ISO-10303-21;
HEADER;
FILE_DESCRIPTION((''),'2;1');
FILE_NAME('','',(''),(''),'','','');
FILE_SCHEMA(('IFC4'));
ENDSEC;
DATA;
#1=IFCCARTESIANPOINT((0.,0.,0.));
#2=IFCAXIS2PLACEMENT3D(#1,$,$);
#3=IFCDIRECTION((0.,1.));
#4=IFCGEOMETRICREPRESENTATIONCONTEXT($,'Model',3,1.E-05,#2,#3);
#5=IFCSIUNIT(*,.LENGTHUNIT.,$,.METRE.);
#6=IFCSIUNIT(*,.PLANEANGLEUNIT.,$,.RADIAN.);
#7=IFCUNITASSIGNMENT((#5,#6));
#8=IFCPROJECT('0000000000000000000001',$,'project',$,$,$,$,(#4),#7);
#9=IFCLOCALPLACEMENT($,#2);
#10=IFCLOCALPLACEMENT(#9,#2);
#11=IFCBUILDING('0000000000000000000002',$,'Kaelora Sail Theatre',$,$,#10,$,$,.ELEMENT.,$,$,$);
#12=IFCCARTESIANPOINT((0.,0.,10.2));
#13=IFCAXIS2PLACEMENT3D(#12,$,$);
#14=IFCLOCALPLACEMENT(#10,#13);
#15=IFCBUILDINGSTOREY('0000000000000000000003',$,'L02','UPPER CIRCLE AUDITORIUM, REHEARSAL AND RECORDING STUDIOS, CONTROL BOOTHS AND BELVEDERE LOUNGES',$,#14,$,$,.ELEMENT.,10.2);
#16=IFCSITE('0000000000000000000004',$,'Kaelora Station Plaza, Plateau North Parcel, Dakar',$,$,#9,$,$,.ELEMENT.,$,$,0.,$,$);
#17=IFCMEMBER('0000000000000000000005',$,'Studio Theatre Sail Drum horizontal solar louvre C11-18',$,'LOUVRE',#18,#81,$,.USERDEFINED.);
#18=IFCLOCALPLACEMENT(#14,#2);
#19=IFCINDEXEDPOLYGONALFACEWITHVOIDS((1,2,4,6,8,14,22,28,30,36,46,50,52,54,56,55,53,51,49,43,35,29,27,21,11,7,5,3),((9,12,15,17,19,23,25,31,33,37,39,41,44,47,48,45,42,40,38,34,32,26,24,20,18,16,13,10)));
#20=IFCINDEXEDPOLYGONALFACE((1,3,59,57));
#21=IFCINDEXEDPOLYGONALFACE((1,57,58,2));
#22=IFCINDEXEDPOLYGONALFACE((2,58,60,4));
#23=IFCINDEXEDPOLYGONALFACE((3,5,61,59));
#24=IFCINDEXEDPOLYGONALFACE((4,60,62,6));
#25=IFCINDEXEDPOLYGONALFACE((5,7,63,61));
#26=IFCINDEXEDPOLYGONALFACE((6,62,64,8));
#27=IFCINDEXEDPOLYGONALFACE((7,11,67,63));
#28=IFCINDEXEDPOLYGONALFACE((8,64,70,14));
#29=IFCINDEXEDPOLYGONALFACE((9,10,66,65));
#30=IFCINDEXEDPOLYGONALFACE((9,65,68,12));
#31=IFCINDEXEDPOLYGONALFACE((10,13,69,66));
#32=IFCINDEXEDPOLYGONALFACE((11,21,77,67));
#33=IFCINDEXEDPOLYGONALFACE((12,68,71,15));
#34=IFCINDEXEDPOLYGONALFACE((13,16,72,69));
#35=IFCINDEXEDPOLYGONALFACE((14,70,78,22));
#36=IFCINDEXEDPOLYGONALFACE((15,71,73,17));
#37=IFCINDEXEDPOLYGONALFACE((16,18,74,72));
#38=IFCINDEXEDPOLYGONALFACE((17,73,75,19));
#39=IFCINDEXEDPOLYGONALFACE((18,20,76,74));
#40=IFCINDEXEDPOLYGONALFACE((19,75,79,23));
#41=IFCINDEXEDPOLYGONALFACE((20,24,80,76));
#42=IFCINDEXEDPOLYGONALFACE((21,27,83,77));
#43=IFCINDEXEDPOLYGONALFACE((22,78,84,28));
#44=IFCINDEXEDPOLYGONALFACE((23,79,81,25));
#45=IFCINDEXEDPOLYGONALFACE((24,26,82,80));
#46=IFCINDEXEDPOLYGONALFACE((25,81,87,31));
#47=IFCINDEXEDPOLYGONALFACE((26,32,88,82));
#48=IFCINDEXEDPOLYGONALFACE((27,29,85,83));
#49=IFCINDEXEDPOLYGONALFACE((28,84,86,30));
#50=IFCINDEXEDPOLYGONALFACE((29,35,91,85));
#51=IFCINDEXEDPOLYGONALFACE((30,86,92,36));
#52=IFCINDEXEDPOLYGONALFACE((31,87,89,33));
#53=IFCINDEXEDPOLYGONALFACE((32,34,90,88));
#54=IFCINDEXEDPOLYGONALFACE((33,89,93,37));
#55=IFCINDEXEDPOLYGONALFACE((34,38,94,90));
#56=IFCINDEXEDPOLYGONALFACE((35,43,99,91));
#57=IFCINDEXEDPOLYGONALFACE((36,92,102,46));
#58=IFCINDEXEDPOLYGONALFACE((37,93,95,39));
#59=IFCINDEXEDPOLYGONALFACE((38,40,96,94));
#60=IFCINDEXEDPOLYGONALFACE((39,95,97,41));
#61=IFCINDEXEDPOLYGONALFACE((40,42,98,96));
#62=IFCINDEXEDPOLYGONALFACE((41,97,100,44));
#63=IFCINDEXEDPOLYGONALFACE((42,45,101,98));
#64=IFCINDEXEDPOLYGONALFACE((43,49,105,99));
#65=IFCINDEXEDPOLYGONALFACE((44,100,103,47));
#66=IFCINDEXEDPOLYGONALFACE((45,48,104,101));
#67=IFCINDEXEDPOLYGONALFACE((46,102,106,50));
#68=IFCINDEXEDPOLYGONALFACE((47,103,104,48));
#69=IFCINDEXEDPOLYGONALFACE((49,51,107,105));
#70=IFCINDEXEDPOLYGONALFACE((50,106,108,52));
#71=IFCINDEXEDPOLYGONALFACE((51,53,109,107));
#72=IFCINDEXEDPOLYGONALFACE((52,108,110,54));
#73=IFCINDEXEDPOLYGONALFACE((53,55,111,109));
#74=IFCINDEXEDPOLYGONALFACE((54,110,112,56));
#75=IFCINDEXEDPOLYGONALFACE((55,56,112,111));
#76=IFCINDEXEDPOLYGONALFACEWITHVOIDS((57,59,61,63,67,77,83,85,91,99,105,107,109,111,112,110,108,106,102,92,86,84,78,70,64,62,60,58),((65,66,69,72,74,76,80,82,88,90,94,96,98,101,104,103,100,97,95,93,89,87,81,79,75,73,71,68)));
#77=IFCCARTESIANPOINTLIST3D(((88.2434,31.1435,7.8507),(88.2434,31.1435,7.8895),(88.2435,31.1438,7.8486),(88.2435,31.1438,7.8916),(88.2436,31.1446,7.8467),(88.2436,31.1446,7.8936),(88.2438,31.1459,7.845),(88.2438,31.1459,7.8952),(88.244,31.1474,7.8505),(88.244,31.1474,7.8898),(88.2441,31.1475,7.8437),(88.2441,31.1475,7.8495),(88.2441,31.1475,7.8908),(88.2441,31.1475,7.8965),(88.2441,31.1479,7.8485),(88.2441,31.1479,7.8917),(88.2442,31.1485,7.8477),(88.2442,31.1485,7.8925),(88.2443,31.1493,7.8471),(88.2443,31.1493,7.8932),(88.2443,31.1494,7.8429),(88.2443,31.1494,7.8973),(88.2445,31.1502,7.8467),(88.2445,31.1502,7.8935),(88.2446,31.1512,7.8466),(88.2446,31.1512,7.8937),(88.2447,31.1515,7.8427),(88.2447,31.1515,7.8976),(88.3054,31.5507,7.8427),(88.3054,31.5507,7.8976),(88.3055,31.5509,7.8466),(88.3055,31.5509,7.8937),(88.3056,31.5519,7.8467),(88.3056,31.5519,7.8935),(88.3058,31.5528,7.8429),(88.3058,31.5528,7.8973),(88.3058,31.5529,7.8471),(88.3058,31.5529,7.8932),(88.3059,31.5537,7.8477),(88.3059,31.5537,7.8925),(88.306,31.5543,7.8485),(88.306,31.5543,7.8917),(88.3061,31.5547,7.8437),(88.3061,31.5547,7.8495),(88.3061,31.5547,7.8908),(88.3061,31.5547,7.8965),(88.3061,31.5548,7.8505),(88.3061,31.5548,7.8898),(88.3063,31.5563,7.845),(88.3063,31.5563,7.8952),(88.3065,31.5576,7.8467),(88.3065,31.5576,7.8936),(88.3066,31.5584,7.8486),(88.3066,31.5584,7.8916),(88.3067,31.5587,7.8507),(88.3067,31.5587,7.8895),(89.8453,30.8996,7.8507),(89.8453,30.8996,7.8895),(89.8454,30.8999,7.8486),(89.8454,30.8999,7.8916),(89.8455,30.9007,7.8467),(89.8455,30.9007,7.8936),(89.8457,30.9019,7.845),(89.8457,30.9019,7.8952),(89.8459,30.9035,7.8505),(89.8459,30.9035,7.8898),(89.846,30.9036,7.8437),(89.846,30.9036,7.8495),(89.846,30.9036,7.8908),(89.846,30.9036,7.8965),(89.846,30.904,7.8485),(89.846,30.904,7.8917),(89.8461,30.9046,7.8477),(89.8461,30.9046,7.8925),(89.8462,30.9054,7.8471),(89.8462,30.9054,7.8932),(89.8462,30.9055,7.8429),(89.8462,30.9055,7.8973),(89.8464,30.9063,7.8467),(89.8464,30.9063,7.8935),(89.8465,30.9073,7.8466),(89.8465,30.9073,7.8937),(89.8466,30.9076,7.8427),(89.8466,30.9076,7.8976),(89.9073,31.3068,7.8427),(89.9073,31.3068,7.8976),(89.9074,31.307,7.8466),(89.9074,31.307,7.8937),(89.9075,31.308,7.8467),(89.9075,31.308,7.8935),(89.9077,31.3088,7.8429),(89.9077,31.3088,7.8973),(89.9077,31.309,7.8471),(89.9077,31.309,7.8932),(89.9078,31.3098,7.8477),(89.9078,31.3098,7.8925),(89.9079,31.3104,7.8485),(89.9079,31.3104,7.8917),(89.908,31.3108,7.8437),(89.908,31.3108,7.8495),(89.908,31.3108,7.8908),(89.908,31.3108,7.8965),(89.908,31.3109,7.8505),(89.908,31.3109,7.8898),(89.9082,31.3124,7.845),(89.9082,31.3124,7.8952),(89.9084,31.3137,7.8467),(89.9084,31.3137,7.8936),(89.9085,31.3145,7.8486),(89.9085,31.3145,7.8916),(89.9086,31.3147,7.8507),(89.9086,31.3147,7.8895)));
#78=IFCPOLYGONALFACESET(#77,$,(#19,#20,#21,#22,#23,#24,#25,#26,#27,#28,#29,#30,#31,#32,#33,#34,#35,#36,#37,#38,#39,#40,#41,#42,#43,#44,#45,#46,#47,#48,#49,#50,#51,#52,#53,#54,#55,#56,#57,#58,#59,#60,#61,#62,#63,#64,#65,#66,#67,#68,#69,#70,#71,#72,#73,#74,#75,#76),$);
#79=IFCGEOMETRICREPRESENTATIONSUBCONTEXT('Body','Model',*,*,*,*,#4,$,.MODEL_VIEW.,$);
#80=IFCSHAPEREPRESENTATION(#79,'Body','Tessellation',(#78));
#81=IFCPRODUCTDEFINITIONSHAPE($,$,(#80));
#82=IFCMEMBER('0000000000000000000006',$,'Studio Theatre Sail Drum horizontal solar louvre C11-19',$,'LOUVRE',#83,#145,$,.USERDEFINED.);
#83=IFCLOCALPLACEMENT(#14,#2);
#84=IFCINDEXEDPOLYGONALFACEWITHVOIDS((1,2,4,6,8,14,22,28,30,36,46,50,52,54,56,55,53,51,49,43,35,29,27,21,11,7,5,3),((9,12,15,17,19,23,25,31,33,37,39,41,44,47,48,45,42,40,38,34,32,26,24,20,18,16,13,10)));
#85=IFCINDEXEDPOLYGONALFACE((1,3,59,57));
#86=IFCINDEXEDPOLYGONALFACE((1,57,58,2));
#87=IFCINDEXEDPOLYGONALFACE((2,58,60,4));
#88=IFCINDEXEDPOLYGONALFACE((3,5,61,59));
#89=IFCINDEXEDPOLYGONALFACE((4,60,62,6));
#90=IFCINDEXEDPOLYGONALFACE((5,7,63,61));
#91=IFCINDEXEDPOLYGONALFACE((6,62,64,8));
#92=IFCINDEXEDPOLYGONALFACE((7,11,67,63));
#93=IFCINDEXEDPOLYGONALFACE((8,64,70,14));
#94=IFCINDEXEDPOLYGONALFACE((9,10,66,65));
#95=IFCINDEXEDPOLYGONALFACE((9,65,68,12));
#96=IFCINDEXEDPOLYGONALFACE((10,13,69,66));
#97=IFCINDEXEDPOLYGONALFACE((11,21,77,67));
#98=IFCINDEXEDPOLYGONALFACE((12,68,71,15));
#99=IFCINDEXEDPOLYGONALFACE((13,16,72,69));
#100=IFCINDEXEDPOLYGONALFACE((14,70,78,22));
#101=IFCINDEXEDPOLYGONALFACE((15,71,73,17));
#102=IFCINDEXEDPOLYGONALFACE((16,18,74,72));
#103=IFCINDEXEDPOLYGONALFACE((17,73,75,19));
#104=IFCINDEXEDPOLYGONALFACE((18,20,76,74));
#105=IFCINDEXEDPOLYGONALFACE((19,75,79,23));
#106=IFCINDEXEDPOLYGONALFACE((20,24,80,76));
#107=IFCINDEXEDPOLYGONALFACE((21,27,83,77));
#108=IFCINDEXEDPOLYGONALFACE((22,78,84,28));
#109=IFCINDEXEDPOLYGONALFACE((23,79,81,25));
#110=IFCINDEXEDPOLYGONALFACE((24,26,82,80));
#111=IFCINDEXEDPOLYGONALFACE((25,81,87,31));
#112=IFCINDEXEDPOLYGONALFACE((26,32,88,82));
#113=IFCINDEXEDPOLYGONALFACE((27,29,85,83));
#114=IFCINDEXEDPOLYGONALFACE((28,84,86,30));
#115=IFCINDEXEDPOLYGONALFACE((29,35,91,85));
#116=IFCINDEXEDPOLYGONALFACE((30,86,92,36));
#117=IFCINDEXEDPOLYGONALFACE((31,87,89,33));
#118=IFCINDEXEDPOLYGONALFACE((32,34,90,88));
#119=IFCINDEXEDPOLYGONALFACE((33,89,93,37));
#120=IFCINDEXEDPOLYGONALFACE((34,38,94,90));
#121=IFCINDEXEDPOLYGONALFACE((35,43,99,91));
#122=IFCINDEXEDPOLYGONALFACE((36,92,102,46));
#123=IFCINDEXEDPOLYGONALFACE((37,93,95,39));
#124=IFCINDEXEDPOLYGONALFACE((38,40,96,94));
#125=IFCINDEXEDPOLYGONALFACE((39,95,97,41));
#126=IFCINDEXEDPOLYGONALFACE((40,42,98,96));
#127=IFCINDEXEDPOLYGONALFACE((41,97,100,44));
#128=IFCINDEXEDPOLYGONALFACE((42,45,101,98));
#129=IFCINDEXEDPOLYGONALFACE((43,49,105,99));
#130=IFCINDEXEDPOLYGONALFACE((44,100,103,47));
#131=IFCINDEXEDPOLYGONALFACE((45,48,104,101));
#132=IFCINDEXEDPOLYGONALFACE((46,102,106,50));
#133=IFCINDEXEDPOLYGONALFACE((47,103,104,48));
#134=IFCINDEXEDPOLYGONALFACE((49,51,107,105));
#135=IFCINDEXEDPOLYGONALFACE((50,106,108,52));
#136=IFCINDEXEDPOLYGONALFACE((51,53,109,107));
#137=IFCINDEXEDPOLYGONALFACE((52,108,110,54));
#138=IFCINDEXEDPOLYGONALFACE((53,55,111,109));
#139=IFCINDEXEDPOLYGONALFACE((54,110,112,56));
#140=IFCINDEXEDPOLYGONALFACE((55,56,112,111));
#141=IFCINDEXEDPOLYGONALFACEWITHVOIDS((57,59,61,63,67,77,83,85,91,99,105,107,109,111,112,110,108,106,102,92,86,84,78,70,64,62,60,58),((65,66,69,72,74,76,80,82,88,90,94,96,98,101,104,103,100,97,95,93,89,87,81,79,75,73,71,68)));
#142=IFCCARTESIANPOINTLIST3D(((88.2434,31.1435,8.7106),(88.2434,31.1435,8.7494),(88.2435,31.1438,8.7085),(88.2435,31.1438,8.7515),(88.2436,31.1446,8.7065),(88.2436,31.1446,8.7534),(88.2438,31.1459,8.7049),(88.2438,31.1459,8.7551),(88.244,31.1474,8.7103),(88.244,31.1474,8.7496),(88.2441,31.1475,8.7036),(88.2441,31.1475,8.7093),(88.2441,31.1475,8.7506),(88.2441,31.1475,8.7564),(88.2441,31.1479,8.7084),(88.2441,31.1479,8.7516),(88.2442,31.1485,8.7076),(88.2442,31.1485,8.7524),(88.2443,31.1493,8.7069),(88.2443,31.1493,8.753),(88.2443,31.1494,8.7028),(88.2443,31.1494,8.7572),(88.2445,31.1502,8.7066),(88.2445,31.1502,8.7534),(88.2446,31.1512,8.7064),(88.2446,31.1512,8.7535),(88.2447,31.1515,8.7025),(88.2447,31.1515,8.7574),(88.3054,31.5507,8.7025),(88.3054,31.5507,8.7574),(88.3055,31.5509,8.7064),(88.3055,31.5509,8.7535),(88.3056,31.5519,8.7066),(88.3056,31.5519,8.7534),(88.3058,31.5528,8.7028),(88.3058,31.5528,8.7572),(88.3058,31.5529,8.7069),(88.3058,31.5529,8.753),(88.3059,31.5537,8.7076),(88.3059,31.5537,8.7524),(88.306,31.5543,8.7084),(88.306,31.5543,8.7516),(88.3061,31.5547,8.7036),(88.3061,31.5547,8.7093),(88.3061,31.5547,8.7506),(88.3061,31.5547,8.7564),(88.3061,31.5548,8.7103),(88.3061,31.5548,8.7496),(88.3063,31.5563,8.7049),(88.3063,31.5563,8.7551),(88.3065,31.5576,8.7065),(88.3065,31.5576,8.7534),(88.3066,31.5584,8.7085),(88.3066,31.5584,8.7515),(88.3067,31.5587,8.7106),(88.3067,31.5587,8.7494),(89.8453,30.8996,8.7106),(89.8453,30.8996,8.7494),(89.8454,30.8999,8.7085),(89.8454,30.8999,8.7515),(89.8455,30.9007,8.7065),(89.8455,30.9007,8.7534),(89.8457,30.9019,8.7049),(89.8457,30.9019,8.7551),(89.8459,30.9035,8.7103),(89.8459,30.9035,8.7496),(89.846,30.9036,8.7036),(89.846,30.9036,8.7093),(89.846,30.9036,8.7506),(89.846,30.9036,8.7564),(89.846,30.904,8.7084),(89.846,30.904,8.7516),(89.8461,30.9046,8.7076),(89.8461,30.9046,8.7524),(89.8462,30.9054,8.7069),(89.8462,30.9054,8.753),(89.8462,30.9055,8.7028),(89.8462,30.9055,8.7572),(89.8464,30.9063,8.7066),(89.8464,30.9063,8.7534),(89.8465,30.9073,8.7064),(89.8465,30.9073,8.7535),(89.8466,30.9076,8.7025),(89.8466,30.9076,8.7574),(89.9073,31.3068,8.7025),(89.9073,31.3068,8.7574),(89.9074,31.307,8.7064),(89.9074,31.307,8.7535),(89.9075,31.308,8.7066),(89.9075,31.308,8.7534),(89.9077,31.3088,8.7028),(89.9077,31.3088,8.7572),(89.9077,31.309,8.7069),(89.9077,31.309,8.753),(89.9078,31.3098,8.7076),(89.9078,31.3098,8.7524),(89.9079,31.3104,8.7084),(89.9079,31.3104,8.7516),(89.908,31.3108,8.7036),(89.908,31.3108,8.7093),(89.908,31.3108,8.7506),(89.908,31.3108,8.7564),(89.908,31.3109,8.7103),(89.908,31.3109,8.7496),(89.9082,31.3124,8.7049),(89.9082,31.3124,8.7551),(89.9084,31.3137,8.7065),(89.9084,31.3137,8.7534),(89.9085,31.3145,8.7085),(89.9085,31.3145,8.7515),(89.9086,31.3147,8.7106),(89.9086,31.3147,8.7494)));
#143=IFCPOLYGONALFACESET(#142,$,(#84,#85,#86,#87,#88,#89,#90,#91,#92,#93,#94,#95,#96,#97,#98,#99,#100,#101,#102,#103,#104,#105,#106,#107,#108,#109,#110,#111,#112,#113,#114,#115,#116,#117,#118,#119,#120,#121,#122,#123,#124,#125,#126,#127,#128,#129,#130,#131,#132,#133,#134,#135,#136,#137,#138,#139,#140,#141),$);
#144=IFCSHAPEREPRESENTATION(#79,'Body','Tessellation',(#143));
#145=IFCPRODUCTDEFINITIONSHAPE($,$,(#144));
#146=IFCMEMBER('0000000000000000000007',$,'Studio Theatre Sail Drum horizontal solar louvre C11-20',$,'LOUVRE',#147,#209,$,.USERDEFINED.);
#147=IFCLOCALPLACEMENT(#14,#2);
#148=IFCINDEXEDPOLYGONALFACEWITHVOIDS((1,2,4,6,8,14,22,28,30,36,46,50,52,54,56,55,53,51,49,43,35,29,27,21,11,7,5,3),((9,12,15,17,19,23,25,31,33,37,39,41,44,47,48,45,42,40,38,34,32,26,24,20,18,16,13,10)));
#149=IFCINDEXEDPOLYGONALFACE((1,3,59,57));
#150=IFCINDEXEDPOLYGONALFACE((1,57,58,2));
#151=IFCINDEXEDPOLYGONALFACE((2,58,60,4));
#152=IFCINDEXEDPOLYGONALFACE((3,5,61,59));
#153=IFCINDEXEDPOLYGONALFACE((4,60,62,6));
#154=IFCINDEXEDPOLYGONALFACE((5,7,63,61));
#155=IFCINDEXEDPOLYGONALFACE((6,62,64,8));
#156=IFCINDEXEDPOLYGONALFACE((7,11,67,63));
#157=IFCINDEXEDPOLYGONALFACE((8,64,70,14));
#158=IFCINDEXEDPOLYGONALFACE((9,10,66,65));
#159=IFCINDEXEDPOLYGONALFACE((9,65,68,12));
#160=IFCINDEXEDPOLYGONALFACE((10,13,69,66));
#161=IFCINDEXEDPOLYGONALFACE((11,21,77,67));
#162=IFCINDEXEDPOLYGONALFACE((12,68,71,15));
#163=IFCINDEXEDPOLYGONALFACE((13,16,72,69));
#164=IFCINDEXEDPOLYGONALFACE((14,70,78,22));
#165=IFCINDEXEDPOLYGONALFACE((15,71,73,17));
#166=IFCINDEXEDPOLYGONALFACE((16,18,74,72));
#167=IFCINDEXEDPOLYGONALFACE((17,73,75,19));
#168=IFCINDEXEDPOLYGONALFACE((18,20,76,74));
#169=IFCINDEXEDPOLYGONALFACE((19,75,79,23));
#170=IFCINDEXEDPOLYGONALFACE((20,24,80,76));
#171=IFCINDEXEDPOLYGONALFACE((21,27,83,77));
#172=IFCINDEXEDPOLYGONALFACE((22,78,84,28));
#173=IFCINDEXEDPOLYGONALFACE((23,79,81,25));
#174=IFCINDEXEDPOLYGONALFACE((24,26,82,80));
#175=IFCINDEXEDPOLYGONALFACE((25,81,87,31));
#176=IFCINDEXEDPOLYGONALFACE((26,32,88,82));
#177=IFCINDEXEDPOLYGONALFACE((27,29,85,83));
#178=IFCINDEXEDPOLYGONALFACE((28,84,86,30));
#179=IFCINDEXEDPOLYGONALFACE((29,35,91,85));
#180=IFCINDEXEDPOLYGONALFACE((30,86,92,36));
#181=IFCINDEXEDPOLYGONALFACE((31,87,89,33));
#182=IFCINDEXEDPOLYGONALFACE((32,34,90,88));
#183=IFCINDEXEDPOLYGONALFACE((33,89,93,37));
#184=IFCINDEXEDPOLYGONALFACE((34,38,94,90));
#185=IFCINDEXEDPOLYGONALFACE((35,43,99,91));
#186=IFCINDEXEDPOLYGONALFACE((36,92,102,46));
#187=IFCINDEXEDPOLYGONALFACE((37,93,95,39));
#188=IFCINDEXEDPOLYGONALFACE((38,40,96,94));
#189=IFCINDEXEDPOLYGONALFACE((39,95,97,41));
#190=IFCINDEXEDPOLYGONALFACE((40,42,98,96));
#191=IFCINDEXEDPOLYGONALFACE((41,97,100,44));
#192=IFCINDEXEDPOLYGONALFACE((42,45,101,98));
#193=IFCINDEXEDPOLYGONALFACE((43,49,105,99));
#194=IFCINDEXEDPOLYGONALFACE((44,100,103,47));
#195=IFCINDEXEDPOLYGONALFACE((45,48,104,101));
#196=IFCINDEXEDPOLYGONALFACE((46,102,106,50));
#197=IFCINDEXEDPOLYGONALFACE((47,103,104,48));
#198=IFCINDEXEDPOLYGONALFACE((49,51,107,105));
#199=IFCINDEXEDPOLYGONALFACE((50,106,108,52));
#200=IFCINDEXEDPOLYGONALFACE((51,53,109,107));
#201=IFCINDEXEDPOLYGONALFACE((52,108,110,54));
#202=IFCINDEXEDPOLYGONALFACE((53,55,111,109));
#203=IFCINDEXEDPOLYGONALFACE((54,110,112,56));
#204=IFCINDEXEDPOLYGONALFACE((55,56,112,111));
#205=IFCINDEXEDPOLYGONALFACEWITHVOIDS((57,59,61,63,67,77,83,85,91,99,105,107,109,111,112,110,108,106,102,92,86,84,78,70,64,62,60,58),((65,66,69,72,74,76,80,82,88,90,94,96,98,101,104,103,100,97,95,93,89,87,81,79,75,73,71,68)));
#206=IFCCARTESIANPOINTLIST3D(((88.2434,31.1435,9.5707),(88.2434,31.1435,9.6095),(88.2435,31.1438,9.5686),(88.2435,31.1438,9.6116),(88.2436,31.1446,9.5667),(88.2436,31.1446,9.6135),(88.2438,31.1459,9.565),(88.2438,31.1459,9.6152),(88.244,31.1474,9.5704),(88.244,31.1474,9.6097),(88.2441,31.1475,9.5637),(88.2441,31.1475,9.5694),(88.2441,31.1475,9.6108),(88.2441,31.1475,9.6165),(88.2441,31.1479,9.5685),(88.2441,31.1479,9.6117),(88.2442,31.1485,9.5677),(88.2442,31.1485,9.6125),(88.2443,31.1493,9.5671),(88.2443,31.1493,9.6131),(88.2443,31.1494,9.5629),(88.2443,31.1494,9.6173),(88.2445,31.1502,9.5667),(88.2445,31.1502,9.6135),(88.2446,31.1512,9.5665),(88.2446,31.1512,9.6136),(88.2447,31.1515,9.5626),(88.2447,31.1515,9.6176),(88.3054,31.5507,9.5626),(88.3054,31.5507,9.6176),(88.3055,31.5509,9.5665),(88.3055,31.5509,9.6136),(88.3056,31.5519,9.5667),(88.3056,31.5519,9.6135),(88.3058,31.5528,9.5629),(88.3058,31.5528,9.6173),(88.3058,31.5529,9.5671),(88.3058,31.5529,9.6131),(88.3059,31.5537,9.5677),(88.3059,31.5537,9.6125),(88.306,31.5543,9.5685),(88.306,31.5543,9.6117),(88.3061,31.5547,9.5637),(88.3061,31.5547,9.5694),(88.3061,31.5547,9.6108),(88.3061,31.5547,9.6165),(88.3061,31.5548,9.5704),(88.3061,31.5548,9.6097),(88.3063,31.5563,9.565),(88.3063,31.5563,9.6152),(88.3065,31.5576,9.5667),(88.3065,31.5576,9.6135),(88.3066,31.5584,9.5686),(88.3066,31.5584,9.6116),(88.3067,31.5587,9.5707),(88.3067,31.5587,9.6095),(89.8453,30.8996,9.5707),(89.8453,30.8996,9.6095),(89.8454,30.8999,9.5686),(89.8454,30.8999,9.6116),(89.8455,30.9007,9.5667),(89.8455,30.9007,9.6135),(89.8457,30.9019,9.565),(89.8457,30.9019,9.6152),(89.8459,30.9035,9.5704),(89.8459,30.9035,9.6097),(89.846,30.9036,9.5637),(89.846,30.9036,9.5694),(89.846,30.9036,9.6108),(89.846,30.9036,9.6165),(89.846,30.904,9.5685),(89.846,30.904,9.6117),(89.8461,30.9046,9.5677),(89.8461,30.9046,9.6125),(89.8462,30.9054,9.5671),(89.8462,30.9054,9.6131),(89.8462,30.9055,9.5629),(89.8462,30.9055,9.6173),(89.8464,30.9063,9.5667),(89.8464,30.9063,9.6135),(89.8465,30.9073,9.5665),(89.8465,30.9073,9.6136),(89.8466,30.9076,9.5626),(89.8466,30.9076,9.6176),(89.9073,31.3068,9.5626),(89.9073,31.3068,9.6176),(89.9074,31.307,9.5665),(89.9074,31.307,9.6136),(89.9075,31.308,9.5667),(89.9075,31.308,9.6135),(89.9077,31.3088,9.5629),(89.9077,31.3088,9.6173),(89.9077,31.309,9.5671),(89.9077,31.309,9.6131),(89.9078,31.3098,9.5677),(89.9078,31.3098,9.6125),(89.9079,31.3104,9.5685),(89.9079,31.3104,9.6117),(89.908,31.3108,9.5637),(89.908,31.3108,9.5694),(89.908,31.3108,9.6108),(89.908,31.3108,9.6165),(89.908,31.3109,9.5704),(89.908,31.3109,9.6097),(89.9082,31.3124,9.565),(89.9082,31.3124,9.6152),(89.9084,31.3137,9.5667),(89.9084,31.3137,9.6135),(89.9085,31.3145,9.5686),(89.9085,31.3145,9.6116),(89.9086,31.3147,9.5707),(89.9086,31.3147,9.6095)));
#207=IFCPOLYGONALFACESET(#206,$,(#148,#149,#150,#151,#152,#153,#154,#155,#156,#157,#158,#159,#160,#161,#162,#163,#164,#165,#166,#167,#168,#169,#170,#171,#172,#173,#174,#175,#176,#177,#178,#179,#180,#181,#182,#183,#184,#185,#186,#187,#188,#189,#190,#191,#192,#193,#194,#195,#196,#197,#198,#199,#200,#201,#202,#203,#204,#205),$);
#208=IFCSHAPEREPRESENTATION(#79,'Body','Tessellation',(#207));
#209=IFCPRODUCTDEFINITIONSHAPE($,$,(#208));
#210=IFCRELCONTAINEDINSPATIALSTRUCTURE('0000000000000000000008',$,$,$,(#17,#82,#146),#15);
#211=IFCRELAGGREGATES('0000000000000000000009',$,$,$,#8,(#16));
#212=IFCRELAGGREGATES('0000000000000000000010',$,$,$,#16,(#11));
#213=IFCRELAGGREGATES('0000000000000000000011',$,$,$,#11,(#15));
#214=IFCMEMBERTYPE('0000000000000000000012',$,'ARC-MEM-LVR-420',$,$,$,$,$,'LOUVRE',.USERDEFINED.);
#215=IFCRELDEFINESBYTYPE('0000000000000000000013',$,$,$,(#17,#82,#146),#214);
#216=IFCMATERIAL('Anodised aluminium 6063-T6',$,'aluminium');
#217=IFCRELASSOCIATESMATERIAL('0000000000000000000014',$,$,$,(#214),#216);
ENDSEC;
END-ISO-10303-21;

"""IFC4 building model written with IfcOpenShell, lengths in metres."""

from ifc_helpers import new_model, si_unit, direction, frame, origin, origin_2d, place, context, subcontext, project, spatial, hollow_rectangle, extrude, material, material_profile, profile_set, type_object, element, save


model = new_model("IFC4")

# Units and contexts
model_context = context("Model", 3, precision=1e-05, world=origin(), true_north=direction((0.0, 1.0)))
body_context = subcontext(model_context, "Body", "Model", "MODEL_VIEW")
ifc_project = project(units=[si_unit("LENGTHUNIT", "METRE"), si_unit("PLANEANGLEUNIT", "RADIAN")], contexts=[model_context])

# Site, building, storey
site_placement = place(None, origin())
site = spatial("IfcSite", under=ifc_project, at=site_placement, Name="Kaelora Station Plaza, Plateau North Parcel, Dakar", CompositionType="ELEMENT", RefElevation=0.0)
building_placement = place(site_placement, origin())
building = spatial("IfcBuilding", under=site, at=building_placement, Name="Kaelora Sail Theatre", CompositionType="ELEMENT")
storey_placement = place(building_placement, frame((0.0, 0.0, 10.2)))
storey = spatial("IfcBuildingStorey", under=building, at=storey_placement, Name="L02", Description="UPPER CIRCLE AUDITORIUM, REHEARSAL AND RECORDING STUDIOS, CONTROL BOOTHS AND BELVEDERE LOUNGES", CompositionType="ELEMENT", Elevation=10.2)

# Members
ifc_material_1 = material(Name="Anodised aluminium 6063-T6", Category="aluminium")
ifc_material_profile_1 = material_profile(ifc_material_1, hollow_rectangle(XDim=0.4199, YDim=0.0549, WallThickness=0.0039, InnerFilletRadius=0.0039, OuterFilletRadius=0.0081, at=origin_2d()), Name="LOUVRE 420x55x4")
ifc_profile_set_1 = profile_set([ifc_material_profile_1], Name="Anodised aluminium 6063-T6")
member_type = type_object("IfcMemberType", Name="ARC-MEM-LVR-420", ElementType="LOUVRE", PredefinedType="USERDEFINED", material=ifc_profile_set_1)
for number, where, z_axis, x_axis, name in (
    (1, (89.877, 31.1072, 7.8701), (-0.988606, 0.150528, 0.0), (-0.150528, -0.988606, 0.0), "Studio Theatre Sail Drum horizontal solar louvre C11-18"),
    (2, (89.877, 31.1072, 8.73), (-0.988606, 0.150528, 0.0), (-0.150528, -0.988606, 0.0), "Studio Theatre Sail Drum horizontal solar louvre C11-19"),
    (3, (89.877, 31.1072, 9.5901), (-0.988606, 0.150528, 0.0), (-0.150528, -0.988606, 0.0), "Studio Theatre Sail Drum horizontal solar louvre C11-20"),
):
    element("IfcMember", number, at=place(storey_placement, frame(where, z_axis=z_axis, x_axis=x_axis)), inside=storey, type_object=member_type, Name=name, ObjectType="LOUVRE", PredefinedType="USERDEFINED", context=body_context, shape_type="SweptSolid", body=[
        extrude(hollow_rectangle(XDim=0.4199, YDim=0.0549, WallThickness=0.0039, InnerFilletRadius=0.0039, OuterFilletRadius=0.0081, at=origin_2d()), origin(), (0.0, 0.0, 1.0), 1.6204),
    ])

save(model, "model.ifc")
